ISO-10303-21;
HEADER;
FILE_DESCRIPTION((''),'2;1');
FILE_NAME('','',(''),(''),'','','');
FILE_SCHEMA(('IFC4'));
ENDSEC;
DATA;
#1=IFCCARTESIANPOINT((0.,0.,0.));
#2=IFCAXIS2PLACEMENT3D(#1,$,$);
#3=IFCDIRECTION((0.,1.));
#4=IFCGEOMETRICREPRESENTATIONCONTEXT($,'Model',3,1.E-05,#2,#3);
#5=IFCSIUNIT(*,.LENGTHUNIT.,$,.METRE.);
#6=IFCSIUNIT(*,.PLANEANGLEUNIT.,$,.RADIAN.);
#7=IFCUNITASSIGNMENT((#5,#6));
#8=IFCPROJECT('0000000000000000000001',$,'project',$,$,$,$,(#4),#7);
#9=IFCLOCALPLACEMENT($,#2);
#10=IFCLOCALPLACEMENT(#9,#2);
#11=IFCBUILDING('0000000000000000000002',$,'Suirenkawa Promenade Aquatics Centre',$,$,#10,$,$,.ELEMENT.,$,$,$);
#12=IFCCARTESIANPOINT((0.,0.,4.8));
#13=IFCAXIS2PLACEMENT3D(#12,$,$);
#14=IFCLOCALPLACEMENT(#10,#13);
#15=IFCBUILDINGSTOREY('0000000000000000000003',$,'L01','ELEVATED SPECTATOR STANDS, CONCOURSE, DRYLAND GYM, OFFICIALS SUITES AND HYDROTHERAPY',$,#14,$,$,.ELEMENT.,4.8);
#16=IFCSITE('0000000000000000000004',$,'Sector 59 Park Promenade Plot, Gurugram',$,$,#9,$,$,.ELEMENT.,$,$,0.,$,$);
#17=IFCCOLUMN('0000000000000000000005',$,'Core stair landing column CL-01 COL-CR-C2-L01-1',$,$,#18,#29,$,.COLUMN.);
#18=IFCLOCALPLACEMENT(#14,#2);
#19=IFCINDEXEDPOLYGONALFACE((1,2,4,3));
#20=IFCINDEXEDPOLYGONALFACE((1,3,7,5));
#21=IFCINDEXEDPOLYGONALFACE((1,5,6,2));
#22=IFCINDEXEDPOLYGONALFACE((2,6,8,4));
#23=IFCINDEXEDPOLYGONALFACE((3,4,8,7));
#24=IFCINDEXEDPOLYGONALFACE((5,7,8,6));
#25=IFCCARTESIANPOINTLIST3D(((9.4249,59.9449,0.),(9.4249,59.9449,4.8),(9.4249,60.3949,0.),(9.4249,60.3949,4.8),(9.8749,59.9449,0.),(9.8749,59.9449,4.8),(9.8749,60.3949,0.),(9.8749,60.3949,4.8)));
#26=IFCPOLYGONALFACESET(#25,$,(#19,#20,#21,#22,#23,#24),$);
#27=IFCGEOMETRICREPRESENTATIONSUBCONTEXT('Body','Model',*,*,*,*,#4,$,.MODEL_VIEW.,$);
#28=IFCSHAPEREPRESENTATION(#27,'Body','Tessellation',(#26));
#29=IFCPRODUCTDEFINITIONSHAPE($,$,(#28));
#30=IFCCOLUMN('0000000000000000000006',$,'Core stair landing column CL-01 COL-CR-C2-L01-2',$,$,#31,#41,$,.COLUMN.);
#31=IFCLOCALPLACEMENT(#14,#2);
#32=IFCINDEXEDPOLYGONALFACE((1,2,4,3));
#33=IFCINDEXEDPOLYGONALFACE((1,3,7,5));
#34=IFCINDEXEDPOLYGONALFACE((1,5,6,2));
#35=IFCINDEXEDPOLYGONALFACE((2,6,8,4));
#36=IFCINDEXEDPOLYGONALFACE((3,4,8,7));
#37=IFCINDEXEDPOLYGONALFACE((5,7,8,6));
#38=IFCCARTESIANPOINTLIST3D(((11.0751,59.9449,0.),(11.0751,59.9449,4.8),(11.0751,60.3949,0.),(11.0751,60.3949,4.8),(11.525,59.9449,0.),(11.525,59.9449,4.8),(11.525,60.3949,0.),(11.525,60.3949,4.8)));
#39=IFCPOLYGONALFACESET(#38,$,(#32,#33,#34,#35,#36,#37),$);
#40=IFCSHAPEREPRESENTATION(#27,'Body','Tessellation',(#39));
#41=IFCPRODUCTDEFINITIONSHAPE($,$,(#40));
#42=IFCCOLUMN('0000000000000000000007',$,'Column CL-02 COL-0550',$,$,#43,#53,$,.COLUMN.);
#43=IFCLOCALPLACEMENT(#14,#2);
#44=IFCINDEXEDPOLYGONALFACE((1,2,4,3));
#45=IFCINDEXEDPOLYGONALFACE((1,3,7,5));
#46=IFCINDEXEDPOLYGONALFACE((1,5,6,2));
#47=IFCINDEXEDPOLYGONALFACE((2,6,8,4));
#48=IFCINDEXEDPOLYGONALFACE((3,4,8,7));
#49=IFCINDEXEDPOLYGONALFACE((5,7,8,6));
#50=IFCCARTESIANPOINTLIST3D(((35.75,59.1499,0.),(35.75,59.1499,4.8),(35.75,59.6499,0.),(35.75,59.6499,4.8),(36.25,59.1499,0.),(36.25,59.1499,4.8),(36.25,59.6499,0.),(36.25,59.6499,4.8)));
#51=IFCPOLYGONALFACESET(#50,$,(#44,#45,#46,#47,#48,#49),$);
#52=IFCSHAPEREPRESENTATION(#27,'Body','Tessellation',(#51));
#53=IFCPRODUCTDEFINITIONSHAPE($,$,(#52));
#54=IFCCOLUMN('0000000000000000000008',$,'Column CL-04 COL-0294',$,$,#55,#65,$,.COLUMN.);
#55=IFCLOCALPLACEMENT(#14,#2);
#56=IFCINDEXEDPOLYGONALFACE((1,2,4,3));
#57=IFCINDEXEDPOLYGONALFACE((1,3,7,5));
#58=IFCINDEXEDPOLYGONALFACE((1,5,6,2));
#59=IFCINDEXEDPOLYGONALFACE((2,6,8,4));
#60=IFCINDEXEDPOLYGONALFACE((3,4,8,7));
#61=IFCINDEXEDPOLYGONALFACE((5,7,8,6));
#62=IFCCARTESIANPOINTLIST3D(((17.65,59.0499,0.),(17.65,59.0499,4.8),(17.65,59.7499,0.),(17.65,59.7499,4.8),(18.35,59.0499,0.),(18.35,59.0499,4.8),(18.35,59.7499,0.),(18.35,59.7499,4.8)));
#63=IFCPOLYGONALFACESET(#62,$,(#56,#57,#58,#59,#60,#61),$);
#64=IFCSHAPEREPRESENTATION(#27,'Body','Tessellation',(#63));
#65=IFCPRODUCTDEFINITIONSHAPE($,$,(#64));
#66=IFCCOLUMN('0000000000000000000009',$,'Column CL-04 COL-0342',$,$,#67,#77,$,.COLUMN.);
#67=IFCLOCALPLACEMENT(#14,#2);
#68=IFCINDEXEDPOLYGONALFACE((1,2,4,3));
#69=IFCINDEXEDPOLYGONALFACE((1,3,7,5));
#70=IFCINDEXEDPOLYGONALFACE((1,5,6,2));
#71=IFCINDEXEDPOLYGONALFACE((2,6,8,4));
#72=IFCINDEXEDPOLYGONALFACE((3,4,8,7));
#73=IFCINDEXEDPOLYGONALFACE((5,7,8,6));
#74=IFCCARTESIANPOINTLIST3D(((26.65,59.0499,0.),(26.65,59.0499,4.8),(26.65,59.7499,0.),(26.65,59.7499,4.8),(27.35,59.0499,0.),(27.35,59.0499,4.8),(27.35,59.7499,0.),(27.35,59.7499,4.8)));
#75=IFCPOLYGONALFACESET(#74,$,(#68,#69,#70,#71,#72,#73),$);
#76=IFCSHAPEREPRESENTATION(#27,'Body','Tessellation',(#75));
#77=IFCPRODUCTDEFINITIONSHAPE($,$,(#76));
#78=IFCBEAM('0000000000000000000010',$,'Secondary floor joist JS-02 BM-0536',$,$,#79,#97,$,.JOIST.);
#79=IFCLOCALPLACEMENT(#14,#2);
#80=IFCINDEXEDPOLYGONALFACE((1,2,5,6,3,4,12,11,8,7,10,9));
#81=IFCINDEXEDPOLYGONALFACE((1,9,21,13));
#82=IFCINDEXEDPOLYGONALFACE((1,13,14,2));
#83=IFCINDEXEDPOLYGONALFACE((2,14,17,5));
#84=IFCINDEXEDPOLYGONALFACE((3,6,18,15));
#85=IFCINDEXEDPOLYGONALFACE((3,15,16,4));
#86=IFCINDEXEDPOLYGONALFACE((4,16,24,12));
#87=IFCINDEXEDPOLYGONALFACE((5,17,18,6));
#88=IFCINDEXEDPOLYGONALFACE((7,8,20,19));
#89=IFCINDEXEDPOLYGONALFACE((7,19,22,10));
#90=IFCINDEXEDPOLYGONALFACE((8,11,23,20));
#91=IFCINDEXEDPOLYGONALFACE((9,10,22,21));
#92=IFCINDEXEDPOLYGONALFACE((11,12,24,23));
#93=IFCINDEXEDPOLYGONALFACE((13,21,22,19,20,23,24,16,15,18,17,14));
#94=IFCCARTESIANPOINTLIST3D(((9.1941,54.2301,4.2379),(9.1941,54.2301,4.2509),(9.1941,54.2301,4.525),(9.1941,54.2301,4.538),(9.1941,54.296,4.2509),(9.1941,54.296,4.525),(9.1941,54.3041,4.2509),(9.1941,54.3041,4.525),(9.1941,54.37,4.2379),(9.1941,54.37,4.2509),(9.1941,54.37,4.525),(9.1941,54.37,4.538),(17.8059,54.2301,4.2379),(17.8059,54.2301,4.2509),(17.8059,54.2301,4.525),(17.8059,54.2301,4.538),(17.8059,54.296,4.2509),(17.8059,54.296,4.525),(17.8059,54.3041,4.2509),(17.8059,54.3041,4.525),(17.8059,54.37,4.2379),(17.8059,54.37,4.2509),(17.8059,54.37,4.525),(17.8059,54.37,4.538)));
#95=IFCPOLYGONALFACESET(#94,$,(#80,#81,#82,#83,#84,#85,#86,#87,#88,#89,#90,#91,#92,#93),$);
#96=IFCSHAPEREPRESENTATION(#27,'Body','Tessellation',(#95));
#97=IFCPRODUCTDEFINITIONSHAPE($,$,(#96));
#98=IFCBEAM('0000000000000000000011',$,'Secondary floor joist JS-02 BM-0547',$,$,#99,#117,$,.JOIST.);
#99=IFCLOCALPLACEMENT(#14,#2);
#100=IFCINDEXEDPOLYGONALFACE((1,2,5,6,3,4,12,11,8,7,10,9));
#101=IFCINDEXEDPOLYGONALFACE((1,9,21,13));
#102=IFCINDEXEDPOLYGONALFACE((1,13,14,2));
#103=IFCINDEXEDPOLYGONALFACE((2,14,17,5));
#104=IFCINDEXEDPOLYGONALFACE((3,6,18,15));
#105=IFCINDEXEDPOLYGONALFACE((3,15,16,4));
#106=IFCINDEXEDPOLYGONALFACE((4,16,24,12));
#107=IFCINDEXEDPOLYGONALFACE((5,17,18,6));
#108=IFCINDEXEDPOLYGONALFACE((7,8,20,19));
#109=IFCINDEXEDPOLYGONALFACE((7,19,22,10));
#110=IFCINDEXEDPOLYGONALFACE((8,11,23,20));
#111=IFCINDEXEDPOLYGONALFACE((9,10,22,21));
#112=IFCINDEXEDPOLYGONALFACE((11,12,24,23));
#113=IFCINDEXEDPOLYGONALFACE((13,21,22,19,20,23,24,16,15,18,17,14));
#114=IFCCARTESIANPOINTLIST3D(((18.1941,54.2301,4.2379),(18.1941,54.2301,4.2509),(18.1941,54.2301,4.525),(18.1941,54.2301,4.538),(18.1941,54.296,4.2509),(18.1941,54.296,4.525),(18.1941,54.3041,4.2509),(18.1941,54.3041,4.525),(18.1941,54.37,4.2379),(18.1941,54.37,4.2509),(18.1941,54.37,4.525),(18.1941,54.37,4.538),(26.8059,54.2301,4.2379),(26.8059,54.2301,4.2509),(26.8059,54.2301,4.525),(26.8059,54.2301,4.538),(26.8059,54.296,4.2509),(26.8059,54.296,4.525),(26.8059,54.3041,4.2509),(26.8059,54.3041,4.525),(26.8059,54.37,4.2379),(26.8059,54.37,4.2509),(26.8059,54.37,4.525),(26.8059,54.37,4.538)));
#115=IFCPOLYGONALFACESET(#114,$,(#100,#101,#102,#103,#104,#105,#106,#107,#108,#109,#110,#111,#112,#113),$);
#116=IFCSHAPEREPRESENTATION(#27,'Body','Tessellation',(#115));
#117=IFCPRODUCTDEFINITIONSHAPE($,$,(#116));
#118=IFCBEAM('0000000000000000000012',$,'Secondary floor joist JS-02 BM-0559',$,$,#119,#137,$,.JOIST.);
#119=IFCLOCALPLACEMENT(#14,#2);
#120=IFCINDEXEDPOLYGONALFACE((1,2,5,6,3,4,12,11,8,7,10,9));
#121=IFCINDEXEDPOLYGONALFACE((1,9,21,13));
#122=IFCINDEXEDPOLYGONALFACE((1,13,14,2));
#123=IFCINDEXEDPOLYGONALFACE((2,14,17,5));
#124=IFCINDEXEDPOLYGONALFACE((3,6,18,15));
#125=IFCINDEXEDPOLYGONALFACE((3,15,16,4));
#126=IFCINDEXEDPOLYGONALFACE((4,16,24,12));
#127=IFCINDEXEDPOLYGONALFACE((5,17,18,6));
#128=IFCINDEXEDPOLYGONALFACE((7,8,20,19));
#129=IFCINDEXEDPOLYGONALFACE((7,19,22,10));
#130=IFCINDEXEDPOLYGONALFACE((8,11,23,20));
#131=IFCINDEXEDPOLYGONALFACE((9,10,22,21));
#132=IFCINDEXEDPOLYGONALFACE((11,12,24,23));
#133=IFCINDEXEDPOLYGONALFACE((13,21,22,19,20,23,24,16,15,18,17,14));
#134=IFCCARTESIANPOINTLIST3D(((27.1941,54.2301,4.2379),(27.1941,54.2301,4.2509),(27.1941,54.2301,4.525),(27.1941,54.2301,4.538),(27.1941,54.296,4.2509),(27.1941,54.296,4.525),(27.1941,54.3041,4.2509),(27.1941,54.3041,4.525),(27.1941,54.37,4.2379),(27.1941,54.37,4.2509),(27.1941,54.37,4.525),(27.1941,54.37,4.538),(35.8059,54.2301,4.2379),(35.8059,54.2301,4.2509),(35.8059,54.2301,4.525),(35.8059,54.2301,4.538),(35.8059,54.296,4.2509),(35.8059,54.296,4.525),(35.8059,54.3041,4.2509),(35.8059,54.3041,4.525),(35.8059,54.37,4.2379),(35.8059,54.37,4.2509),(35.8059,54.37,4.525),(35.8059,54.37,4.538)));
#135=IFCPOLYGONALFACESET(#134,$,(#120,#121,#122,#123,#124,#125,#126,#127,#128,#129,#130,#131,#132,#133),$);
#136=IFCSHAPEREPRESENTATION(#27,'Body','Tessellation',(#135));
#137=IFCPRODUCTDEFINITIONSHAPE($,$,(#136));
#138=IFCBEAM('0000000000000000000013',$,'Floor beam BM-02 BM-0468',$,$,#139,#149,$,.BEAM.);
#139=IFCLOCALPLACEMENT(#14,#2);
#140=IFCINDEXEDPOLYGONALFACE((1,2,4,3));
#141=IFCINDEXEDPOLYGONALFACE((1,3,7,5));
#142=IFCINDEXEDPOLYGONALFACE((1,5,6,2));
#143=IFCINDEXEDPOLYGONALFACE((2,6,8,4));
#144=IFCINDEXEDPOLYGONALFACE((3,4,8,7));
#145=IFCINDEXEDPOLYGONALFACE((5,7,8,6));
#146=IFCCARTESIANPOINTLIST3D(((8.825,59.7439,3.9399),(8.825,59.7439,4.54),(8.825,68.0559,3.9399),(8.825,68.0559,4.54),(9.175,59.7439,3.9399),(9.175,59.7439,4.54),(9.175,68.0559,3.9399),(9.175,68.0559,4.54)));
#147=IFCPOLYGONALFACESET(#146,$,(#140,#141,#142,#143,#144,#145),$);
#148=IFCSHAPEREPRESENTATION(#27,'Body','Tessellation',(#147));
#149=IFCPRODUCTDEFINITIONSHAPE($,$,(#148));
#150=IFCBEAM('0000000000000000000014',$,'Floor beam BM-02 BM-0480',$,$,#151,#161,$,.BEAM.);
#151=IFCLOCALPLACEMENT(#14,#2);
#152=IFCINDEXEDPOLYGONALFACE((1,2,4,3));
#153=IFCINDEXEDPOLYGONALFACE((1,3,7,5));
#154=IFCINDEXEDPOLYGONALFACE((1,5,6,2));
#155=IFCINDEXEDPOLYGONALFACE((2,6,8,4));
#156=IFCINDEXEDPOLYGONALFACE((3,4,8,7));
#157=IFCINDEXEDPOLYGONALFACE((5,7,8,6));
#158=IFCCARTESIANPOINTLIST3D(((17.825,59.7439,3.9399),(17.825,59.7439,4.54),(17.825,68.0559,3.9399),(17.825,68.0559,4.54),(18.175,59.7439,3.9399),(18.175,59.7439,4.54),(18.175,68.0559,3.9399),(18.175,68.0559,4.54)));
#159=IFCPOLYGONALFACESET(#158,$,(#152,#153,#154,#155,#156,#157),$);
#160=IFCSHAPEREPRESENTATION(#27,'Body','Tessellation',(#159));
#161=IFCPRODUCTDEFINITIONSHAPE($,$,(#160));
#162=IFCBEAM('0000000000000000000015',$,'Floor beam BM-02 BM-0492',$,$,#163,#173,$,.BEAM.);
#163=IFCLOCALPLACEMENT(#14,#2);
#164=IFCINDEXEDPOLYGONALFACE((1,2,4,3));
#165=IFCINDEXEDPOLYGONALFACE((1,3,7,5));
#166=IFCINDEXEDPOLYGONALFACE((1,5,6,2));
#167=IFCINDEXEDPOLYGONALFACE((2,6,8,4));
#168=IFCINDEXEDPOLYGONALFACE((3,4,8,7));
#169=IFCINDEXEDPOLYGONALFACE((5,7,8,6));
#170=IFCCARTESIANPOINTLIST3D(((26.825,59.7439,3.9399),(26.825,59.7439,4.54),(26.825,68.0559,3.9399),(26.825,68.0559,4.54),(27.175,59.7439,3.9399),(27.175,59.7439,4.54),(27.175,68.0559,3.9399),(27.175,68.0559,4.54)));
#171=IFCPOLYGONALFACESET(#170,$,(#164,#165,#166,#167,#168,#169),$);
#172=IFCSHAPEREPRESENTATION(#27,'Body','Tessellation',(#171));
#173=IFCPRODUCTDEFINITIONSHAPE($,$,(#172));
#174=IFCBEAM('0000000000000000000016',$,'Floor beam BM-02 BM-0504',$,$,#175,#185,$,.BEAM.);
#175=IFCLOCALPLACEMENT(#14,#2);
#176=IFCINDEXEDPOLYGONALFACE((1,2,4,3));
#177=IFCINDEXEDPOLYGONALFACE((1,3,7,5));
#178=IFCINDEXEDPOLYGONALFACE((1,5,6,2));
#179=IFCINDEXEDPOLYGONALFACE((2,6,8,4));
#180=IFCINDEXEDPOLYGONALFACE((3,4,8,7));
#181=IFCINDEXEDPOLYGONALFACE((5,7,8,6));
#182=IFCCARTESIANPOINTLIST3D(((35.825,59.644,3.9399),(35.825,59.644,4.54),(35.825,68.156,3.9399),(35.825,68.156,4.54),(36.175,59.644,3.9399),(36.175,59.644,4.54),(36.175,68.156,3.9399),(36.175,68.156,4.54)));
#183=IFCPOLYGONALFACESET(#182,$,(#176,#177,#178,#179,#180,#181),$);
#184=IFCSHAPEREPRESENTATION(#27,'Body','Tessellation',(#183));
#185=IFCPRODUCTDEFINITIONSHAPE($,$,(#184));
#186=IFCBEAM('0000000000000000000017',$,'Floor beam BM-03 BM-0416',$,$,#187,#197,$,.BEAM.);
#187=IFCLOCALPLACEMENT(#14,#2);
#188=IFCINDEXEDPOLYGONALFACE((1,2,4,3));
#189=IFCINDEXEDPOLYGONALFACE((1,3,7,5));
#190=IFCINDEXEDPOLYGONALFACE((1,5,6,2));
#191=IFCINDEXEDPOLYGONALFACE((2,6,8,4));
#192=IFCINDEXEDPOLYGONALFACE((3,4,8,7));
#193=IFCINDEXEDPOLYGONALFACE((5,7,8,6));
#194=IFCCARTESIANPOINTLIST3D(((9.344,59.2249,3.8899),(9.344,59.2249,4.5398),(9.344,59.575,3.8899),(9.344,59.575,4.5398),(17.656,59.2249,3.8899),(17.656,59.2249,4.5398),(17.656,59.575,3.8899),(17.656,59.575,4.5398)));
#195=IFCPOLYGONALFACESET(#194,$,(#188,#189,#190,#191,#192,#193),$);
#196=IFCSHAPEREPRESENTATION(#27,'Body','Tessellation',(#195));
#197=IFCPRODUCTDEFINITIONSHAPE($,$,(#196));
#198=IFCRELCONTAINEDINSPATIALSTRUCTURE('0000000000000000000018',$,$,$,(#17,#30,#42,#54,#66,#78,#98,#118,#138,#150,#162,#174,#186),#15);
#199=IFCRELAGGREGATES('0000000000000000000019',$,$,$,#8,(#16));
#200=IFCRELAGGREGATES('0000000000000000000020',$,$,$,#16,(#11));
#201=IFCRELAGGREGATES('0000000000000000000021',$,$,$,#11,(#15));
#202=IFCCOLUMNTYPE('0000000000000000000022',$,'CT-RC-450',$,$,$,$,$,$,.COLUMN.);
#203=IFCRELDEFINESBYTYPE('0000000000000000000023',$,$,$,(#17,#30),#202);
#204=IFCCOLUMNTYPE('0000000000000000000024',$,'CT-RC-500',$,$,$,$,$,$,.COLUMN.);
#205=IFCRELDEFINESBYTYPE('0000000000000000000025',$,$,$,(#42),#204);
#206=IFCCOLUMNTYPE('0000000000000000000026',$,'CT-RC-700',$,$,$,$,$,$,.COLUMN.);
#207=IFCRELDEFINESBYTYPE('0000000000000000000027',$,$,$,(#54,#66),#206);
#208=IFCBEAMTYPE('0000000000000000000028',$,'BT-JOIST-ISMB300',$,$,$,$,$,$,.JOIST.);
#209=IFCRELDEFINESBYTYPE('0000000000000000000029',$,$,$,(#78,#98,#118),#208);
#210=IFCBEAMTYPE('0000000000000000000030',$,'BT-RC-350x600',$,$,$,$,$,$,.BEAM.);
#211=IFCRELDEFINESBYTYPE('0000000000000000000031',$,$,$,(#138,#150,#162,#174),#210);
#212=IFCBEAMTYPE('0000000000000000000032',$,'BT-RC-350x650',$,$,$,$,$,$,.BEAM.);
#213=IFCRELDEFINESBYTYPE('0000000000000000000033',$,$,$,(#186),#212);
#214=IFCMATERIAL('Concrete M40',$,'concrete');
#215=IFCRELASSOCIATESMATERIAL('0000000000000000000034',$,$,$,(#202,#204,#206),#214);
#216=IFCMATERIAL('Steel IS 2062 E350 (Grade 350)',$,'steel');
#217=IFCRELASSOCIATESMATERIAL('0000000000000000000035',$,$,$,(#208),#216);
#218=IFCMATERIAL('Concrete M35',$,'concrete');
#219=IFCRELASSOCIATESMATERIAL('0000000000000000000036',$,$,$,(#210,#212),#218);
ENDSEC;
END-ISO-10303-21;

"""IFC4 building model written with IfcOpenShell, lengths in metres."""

from ifc_helpers import new_model, si_unit, direction, frame, origin, origin_2d, place, context, subcontext, project, spatial, rectangle, i_section, extrude, material, material_profile, profile_set, type_object, element, save


model = new_model("IFC4")

# Units and contexts
model_context = context("Model", 3, precision=1e-05, world=origin(), true_north=direction((0.0, 1.0)))
body_context = subcontext(model_context, "Body", "Model", "MODEL_VIEW")
ifc_project = project(units=[si_unit("LENGTHUNIT", "METRE"), si_unit("PLANEANGLEUNIT", "RADIAN")], contexts=[model_context])

# Site, building, storey
site_placement = place(None, origin())
site = spatial("IfcSite", under=ifc_project, at=site_placement, Name="Sector 59 Park Promenade Plot, Gurugram", CompositionType="ELEMENT", RefElevation=0.0)
building_placement = place(site_placement, origin())
building = spatial("IfcBuilding", under=site, at=building_placement, Name="Suirenkawa Promenade Aquatics Centre", CompositionType="ELEMENT")
storey_placement = place(building_placement, frame((0.0, 0.0, 4.8)))
storey = spatial("IfcBuildingStorey", under=building, at=storey_placement, Name="L01", Description="ELEVATED SPECTATOR STANDS, CONCOURSE, DRYLAND GYM, OFFICIALS SUITES AND HYDROTHERAPY", CompositionType="ELEMENT", Elevation=4.8)

# Columns
ifc_material_1 = material(Name="Concrete M40", Category="concrete")
ifc_material_profile_1 = material_profile(ifc_material_1, rectangle(XDim=0.45, YDim=0.45, at=origin_2d()), Name="RC COL 450x450", Category="concrete")
ifc_profile_set_1 = profile_set([ifc_material_profile_1], Name="Concrete M40")
column_type_1 = type_object("IfcColumnType", Name="CT-RC-450", PredefinedType="COLUMN", material=ifc_profile_set_1)
for number, where, z_axis, x_axis, name in (
    (1, (9.6499, 60.1699, 0.0), (0.0, 0.0, 1.0), (1.0, 0.0, 0.0), "Core stair landing column CL-01 COL-CR-C2-L01-1"),
    (2, (11.3, 60.1699, 0.0), (0.0, 0.0, 1.0), (1.0, 0.0, 0.0), "Core stair landing column CL-01 COL-CR-C2-L01-2"),
):
    element("IfcColumn", number, at=place(storey_placement, frame(where, z_axis=z_axis, x_axis=x_axis)), inside=storey, type_object=column_type_1, Name=name, PredefinedType="COLUMN", context=body_context, shape_type="SweptSolid", body=[
        extrude(rectangle(XDim=0.45, YDim=0.45, at=origin_2d()), origin(), (0.0, 0.0, 1.0), 4.8),
    ])
ifc_material_profile_2 = material_profile(ifc_material_1, rectangle(XDim=0.5, YDim=0.5, at=origin_2d()), Name="RC COL 500x500", Category="concrete")
ifc_profile_set_2 = profile_set([ifc_material_profile_2], Name="Concrete M40")
column_type_2 = type_object("IfcColumnType", Name="CT-RC-500", PredefinedType="COLUMN", material=ifc_profile_set_2)
column_placement = place(storey_placement, frame((36.0, 59.3999, 0.0), z_axis=(0.0, 0.0, 1.0), x_axis=(1.0, 0.0, 0.0)))
element("IfcColumn", 3, at=column_placement, inside=storey, type_object=column_type_2, Name="Column CL-02 COL-0550", PredefinedType="COLUMN", context=body_context, shape_type="SweptSolid", body=[
    extrude(rectangle(XDim=0.5, YDim=0.5, at=origin_2d()), origin(), (0.0, 0.0, 1.0), 4.8),
])
ifc_material_profile_3 = material_profile(ifc_material_1, rectangle(XDim=0.7, YDim=0.7, at=origin_2d()), Name="RC COL 700x700", Category="concrete")
ifc_profile_set_3 = profile_set([ifc_material_profile_3], Name="Concrete M40")
column_type_3 = type_object("IfcColumnType", Name="CT-RC-700", PredefinedType="COLUMN", material=ifc_profile_set_3)
for number, where, z_axis, x_axis, name in (
    (4, (18.0, 59.3999, 0.0), (0.0, 0.0, 1.0), (1.0, 0.0, 0.0), "Column CL-04 COL-0294"),
    (5, (27.0, 59.3999, 0.0), (0.0, 0.0, 1.0), (1.0, 0.0, 0.0), "Column CL-04 COL-0342"),
):
    element("IfcColumn", number, at=place(storey_placement, frame(where, z_axis=z_axis, x_axis=x_axis)), inside=storey, type_object=column_type_3, Name=name, PredefinedType="COLUMN", context=body_context, shape_type="SweptSolid", body=[
        extrude(rectangle(XDim=0.7, YDim=0.7, at=origin_2d()), origin(), (0.0, 0.0, 1.0), 4.8),
    ])

# Beams
ifc_material_2 = material(Name="Steel IS 2062 E350 (Grade 350)", Category="steel")
ifc_material_profile_4 = material_profile(ifc_material_2, i_section(OverallWidth=0.1399, OverallDepth=0.3, WebThickness=0.0081, FlangeThickness=0.0129, at=origin_2d()), Name="ISMB 300", Category="steel")
ifc_profile_set_4 = profile_set([ifc_material_profile_4], Name="Steel IS 2062 E350 (Grade 350)")
beam_type_1 = type_object("IfcBeamType", Name="BT-JOIST-ISMB300", PredefinedType="JOIST", material=ifc_profile_set_4)
for number, where, z_axis, x_axis, name in (
    (6, (9.1941, 54.3, 4.3879), (1.0, 0.0, 0.0), (0.0, 1.0, 0.0), "Secondary floor joist JS-02 BM-0536"),
    (7, (18.1941, 54.3, 4.3879), (1.0, 0.0, 0.0), (0.0, 1.0, 0.0), "Secondary floor joist JS-02 BM-0547"),
    (8, (27.1941, 54.3, 4.3879), (1.0, 0.0, 0.0), (0.0, 1.0, 0.0), "Secondary floor joist JS-02 BM-0559"),
):
    element("IfcBeam", number, at=place(storey_placement, frame(where, z_axis=z_axis, x_axis=x_axis)), inside=storey, type_object=beam_type_1, Name=name, PredefinedType="JOIST", context=body_context, shape_type="SweptSolid", body=[
        extrude(i_section(OverallWidth=0.1399, OverallDepth=0.3, WebThickness=0.0081, FlangeThickness=0.0129, at=origin_2d()), origin(), (0.0, 0.0, 1.0), 8.6118),
    ])
ifc_material_3 = material(Name="Concrete M35", Category="concrete")
ifc_material_profile_5 = material_profile(ifc_material_3, rectangle(XDim=0.3501, YDim=0.6001, at=origin_2d()), Name="RC BM 350x600", Category="concrete")
ifc_profile_set_5 = profile_set([ifc_material_profile_5], Name="Concrete M35")
beam_type_2 = type_object("IfcBeamType", Name="BT-RC-350x600", PredefinedType="BEAM", material=ifc_profile_set_5)
for number, where, z_axis, x_axis, name in (
    (9, (9.0, 59.7439, 4.24), (0.0, 1.0, 0.0), (-1.0, 0.0, 0.0), "Floor beam BM-02 BM-0468"),
    (10, (18.0, 59.7439, 4.24), (0.0, 1.0, 0.0), (-1.0, 0.0, 0.0), "Floor beam BM-02 BM-0480"),
    (11, (27.0, 59.7439, 4.24), (0.0, 1.0, 0.0), (-1.0, 0.0, 0.0), "Floor beam BM-02 BM-0492"),
):
    element("IfcBeam", number, at=place(storey_placement, frame(where, z_axis=z_axis, x_axis=x_axis)), inside=storey, type_object=beam_type_2, Name=name, PredefinedType="BEAM", context=body_context, shape_type="SweptSolid", body=[
        extrude(rectangle(XDim=0.3501, YDim=0.6001, at=origin_2d()), origin(), (0.0, 0.0, 1.0), 8.312),
    ])
beam_1_placement = place(storey_placement, frame((36.0, 59.644, 4.24), z_axis=(0.0, 1.0, 0.0), x_axis=(-1.0, 0.0, 0.0)))
element("IfcBeam", 12, at=beam_1_placement, inside=storey, type_object=beam_type_2, Name="Floor beam BM-02 BM-0504", PredefinedType="BEAM", context=body_context, shape_type="SweptSolid", body=[
    extrude(rectangle(XDim=0.3501, YDim=0.6001, at=origin_2d()), origin(), (0.0, 0.0, 1.0), 8.512),
])
ifc_material_profile_6 = material_profile(ifc_material_3, rectangle(XDim=0.3501, YDim=0.6499, at=origin_2d()), Name="RC BM 350x650", Category="concrete")
ifc_profile_set_6 = profile_set([ifc_material_profile_6], Name="Concrete M35")
beam_type_3 = type_object("IfcBeamType", Name="BT-RC-350x650", PredefinedType="BEAM", material=ifc_profile_set_6)
for number, where, z_axis, x_axis, name in (
    (13, (9.344, 59.3999, 4.2148), (1.0, 0.0, 0.0), (0.0, 1.0, 0.0), "Floor beam BM-03 BM-0416"),
):
    element("IfcBeam", number, at=place(storey_placement, frame(where, z_axis=z_axis, x_axis=x_axis)), inside=storey, type_object=beam_type_3, Name=name, PredefinedType="BEAM", context=body_context, shape_type="SweptSolid", body=[
        extrude(rectangle(XDim=0.3501, YDim=0.6499, at=origin_2d()), origin(), (0.0, 0.0, 1.0), 8.312),
    ])

save(model, "model.ifc")
